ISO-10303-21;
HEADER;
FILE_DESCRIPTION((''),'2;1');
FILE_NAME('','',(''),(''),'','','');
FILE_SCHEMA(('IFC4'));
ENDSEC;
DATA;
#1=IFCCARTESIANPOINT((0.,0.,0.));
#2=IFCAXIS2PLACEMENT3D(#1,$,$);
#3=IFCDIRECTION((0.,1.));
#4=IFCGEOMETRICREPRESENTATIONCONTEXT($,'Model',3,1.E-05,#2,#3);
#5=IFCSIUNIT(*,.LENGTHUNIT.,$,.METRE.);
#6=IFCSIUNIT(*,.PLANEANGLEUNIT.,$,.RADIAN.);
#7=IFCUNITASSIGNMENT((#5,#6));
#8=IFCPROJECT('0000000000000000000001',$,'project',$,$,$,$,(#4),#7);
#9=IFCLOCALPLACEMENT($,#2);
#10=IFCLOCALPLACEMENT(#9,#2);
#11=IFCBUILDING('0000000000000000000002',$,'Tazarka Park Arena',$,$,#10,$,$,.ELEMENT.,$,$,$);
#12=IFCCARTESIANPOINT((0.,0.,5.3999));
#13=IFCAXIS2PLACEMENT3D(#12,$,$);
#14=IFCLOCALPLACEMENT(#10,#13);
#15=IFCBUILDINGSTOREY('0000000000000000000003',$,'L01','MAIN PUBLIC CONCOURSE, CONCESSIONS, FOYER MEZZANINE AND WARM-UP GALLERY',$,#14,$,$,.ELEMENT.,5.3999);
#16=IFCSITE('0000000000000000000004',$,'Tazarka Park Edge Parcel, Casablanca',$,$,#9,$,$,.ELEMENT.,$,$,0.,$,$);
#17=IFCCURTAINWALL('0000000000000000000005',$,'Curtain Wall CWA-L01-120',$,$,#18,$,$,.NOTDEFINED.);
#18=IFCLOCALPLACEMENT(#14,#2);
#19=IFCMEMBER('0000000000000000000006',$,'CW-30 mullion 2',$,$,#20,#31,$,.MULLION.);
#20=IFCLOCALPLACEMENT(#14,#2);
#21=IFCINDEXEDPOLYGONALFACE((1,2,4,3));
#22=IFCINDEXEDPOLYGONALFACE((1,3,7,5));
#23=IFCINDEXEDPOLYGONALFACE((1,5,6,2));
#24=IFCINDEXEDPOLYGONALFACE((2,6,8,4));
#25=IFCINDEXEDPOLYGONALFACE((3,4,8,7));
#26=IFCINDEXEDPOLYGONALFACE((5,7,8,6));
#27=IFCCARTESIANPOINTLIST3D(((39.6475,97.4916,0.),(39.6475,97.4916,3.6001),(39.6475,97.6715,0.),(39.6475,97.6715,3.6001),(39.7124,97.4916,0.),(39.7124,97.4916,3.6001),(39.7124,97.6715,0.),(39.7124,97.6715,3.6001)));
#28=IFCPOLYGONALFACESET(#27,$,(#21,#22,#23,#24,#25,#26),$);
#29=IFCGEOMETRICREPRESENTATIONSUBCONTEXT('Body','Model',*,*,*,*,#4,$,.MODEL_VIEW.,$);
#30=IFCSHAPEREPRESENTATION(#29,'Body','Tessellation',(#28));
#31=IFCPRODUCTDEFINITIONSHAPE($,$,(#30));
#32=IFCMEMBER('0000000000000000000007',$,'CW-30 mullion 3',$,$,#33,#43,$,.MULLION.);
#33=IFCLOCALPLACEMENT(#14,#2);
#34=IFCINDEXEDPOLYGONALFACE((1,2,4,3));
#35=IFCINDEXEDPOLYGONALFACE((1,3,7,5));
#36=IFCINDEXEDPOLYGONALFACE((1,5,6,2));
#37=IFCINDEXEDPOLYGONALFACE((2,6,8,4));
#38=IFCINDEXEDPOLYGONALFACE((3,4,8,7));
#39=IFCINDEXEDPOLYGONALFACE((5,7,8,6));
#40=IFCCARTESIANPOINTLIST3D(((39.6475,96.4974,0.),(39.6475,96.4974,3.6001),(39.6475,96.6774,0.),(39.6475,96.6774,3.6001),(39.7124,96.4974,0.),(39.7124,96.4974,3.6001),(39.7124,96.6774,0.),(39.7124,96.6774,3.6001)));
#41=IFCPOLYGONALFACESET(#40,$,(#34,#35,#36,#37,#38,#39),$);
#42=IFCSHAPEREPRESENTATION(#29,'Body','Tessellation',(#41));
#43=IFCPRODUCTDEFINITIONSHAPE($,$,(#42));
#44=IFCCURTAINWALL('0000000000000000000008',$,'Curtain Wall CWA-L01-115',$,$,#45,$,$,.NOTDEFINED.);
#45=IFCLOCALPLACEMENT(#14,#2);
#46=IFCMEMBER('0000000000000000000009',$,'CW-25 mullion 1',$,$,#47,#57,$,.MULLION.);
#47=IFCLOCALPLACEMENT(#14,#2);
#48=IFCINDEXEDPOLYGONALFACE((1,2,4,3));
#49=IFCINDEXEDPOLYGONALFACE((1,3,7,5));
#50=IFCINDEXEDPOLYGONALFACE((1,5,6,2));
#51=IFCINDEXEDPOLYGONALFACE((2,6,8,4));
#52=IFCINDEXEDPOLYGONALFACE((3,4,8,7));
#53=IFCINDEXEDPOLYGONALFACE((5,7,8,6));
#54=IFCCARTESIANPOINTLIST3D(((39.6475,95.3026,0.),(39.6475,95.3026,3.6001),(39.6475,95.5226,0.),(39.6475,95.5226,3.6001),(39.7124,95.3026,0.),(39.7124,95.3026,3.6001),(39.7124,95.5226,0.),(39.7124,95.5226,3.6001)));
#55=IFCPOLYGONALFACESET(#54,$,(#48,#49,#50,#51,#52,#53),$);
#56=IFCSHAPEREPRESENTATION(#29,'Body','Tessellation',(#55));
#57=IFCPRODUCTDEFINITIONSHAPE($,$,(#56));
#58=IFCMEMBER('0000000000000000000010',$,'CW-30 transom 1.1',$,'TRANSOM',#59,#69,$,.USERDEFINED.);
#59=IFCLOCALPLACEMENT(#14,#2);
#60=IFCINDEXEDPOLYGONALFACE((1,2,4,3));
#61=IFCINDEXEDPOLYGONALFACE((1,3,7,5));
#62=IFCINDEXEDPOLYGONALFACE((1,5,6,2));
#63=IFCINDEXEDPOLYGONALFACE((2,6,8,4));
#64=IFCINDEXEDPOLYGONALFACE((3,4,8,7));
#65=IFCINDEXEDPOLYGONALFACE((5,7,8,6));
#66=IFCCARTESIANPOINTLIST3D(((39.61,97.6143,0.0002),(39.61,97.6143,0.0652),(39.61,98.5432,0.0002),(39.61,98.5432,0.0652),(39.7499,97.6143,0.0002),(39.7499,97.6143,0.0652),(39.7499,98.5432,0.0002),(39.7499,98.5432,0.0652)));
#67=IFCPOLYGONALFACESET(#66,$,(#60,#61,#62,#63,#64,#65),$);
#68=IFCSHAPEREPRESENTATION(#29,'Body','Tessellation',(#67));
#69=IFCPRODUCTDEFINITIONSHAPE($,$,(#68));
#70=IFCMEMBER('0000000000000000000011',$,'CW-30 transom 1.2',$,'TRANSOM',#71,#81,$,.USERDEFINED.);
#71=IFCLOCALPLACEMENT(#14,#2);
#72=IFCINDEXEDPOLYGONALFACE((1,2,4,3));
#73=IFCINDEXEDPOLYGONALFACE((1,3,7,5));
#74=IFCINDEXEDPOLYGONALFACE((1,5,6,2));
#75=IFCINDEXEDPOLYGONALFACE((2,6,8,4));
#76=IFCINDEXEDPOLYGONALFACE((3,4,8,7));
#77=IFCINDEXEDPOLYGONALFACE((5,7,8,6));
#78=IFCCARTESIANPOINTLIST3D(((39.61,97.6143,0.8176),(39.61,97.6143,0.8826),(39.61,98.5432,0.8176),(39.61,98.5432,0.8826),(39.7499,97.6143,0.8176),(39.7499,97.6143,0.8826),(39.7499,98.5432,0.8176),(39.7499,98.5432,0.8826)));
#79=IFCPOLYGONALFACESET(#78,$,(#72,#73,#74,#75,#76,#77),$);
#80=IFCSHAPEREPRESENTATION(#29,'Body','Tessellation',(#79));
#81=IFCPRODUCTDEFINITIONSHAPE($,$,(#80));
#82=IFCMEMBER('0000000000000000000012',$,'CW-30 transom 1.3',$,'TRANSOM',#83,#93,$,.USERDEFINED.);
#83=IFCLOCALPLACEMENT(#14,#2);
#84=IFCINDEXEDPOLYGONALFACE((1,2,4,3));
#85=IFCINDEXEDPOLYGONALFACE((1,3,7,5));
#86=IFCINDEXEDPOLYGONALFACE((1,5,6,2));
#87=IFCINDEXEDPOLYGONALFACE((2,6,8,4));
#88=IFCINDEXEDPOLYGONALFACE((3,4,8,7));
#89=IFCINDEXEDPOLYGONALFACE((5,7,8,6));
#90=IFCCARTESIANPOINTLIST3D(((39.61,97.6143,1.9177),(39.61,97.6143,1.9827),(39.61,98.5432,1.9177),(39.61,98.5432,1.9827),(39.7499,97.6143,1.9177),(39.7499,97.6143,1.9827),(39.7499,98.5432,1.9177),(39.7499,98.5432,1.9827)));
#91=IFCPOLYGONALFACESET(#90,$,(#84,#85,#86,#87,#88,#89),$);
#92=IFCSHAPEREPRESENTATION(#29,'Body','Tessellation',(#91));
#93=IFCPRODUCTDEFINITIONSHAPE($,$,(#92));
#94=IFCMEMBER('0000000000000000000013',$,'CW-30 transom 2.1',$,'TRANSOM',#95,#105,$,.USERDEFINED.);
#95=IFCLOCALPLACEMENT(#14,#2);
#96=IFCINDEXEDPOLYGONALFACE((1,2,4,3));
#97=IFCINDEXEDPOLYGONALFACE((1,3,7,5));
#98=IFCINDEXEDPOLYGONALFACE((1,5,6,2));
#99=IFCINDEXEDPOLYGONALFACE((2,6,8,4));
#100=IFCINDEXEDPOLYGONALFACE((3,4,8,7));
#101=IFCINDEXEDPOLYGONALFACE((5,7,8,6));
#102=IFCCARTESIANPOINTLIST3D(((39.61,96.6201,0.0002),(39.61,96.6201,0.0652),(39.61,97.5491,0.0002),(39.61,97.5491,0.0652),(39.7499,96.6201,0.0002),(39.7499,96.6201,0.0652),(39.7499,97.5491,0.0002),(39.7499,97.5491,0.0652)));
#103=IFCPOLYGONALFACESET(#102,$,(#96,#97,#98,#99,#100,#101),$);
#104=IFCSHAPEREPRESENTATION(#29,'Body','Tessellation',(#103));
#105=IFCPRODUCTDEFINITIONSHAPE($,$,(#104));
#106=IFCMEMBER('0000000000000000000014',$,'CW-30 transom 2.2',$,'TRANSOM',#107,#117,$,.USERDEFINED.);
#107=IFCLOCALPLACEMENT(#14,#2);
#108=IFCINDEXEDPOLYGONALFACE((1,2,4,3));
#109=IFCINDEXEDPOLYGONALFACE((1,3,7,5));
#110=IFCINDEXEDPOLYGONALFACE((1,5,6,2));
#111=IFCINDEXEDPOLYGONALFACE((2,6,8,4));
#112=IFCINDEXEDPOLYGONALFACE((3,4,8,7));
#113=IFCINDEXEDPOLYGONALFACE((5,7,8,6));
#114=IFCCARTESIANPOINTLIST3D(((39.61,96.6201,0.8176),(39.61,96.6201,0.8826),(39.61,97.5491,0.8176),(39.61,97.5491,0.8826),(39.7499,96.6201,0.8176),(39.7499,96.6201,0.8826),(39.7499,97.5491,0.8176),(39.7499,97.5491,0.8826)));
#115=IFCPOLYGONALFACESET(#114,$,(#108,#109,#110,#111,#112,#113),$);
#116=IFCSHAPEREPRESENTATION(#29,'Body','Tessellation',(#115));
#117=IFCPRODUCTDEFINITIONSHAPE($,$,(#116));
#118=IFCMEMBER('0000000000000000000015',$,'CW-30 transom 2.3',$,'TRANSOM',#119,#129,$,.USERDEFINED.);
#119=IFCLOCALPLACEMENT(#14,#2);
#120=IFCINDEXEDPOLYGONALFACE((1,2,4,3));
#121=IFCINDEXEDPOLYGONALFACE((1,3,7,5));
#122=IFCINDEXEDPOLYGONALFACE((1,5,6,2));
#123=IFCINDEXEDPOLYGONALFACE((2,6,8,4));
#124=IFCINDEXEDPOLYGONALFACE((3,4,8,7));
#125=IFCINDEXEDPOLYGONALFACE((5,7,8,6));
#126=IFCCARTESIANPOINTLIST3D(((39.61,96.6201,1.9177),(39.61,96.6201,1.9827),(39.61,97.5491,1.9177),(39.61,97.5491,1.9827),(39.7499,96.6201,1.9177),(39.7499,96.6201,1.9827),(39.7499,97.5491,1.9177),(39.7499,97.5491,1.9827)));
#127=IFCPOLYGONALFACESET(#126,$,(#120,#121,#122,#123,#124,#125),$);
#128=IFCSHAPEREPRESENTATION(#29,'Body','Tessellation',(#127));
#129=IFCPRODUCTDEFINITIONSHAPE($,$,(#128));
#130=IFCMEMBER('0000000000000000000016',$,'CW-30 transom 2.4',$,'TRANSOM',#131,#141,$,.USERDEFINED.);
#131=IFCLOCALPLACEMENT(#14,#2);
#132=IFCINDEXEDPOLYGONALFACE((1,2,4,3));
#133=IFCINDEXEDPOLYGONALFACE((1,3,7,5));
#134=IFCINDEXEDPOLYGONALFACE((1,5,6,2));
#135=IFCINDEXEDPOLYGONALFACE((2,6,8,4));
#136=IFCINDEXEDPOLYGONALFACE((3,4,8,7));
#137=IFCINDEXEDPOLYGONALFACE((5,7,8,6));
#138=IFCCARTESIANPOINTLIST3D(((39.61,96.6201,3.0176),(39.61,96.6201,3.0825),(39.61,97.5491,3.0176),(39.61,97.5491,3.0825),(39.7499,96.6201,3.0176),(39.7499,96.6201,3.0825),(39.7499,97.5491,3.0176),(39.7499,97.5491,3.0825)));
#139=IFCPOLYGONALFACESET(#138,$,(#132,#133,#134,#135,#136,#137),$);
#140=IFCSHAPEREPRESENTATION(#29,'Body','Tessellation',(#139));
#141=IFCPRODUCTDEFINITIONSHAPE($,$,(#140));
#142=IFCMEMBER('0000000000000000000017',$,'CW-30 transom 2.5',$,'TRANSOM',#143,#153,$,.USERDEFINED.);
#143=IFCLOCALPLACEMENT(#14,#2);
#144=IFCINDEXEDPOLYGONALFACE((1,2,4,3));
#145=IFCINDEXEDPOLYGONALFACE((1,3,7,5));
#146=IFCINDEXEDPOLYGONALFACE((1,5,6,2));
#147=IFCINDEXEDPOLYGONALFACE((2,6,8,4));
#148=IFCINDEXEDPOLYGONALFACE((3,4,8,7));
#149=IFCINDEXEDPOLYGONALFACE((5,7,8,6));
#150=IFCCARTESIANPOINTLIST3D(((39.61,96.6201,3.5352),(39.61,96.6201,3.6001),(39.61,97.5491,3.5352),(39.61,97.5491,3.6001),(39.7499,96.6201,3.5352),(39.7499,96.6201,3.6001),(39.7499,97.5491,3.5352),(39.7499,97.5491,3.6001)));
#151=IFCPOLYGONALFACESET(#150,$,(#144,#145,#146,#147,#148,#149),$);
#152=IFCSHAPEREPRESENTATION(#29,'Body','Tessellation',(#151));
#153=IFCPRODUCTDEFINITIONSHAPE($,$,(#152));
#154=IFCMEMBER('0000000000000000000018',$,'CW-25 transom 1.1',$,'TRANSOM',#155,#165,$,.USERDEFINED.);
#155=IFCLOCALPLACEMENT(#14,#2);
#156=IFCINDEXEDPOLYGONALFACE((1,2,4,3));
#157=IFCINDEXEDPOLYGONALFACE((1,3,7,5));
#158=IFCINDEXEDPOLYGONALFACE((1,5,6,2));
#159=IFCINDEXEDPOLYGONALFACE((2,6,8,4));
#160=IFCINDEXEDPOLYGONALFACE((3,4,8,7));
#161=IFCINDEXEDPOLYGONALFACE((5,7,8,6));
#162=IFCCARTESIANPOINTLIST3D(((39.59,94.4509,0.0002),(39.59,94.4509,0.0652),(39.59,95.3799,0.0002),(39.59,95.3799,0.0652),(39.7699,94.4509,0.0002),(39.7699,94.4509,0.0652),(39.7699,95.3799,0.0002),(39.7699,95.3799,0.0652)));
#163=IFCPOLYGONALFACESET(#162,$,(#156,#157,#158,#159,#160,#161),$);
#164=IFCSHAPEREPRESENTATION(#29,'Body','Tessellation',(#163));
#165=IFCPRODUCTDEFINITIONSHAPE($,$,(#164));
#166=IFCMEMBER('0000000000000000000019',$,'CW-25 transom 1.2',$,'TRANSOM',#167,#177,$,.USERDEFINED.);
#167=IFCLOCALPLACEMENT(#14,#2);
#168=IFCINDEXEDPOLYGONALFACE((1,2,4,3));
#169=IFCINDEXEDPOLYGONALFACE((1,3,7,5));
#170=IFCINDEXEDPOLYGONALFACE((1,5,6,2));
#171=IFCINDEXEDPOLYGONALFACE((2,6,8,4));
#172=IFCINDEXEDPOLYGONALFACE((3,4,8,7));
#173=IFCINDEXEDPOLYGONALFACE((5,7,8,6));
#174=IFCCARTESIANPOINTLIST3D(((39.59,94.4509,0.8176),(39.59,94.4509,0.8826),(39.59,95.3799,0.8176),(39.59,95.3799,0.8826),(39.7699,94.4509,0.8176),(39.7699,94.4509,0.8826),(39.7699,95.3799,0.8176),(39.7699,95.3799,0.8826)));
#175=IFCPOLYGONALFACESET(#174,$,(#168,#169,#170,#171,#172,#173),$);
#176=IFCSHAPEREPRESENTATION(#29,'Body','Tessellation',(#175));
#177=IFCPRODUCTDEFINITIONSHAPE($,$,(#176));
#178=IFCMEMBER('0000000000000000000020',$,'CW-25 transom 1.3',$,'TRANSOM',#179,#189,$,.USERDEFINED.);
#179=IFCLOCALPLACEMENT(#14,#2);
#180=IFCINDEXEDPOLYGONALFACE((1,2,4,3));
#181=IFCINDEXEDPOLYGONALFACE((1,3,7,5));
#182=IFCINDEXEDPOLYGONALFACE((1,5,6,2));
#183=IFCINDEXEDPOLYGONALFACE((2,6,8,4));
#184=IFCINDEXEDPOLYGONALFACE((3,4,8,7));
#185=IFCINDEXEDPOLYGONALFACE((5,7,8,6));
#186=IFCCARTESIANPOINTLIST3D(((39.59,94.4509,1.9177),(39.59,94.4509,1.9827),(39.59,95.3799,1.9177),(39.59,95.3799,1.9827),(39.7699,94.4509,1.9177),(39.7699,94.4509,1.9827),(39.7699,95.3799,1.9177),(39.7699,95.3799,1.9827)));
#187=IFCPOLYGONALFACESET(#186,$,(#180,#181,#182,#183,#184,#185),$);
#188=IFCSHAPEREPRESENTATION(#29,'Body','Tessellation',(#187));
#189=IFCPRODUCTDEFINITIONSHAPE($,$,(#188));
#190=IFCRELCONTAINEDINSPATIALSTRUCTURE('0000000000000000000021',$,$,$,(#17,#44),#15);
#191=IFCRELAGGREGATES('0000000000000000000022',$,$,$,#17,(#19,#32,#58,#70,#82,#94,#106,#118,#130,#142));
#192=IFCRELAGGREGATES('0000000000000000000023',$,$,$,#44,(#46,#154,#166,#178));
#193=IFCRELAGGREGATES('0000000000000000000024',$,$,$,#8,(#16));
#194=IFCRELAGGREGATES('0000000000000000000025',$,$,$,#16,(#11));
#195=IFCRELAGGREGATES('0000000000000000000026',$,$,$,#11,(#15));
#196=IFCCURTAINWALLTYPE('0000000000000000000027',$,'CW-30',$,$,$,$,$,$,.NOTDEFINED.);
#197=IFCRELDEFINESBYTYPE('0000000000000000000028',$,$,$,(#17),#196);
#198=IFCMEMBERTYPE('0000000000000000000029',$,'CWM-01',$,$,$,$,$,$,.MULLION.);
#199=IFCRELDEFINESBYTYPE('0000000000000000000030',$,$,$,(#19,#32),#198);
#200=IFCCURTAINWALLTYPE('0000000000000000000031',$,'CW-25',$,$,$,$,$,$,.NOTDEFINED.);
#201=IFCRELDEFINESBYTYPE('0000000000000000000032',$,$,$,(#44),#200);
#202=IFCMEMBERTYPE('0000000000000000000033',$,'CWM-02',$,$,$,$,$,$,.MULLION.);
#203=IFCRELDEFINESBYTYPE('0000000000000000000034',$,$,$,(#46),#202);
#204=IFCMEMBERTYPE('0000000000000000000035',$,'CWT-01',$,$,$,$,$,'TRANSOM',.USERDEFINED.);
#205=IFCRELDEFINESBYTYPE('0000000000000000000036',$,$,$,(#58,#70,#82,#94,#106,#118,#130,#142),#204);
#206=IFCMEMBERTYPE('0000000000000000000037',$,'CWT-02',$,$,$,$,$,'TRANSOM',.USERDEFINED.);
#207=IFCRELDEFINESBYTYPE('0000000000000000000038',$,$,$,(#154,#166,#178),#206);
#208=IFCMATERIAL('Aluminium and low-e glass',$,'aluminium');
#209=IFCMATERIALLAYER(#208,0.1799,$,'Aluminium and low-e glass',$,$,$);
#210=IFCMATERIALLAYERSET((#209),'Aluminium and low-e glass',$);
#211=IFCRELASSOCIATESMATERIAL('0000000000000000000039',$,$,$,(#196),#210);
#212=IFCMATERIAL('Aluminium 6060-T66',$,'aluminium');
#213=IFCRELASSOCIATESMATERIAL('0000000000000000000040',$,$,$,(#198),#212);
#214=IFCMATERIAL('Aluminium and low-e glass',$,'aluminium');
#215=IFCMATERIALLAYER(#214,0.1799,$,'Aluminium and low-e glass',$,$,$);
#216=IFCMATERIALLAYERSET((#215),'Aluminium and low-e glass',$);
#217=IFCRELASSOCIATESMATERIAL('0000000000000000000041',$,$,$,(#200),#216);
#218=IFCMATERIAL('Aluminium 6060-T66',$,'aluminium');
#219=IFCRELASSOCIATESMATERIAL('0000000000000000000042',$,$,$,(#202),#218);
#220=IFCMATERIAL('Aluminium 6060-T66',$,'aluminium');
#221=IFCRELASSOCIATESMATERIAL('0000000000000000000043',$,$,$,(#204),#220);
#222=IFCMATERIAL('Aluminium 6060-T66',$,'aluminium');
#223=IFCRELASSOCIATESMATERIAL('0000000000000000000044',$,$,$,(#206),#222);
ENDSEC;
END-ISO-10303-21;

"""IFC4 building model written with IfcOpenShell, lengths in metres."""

from ifc_helpers import new_model, si_unit, direction, frame, origin, origin_2d, place, context, subcontext, project, spatial, rectangle, extrude, material, layer, layer_set, material_profile, profile_set, type_object, element, aggregate, save


model = new_model("IFC4")

# Units and contexts
model_context = context("Model", 3, precision=1e-05, world=origin(), true_north=direction((0.0, 1.0)))
body_context = subcontext(model_context, "Body", "Model", "MODEL_VIEW")
ifc_project = project(units=[si_unit("LENGTHUNIT", "METRE"), si_unit("PLANEANGLEUNIT", "RADIAN")], contexts=[model_context])

# Site, building, storey
site_placement = place(None, origin())
site = spatial("IfcSite", under=ifc_project, at=site_placement, Name="Tazarka Park Edge Parcel, Casablanca", CompositionType="ELEMENT", RefElevation=0.0)
building_placement = place(site_placement, origin())
building = spatial("IfcBuilding", under=site, at=building_placement, Name="Tazarka Park Arena", CompositionType="ELEMENT")
storey_placement = place(building_placement, frame((0.0, 0.0, 5.3999)))
storey = spatial("IfcBuildingStorey", under=building, at=storey_placement, Name="L01", Description="MAIN PUBLIC CONCOURSE, CONCESSIONS, FOYER MEZZANINE AND WARM-UP GALLERY", CompositionType="ELEMENT", Elevation=5.3999)

# Curtain wall, members
ifc_material_1 = material(Name="Aluminium and low-e glass", Category="aluminium")
ifc_layer_1 = layer(ifc_material_1, 0.1799, Name="Aluminium and low-e glass")
ifc_layer_set_1 = layer_set([ifc_layer_1], Name="Aluminium and low-e glass")
curtain_wall_type_1 = type_object("IfcCurtainWallType", Name="CW-30", PredefinedType="NOTDEFINED", material=ifc_layer_set_1)
curtain_wall_1_placement = place(storey_placement, origin())
curtain_wall_1 = element("IfcCurtainWall", 1, at=curtain_wall_1_placement, inside=storey, type_object=curtain_wall_type_1, Name="Curtain Wall CWA-L01-120", PredefinedType="NOTDEFINED")
ifc_material_2 = material(Name="Aluminium 6060-T66", Category="aluminium")
ifc_material_profile_1 = material_profile(ifc_material_2, rectangle(XDim=0.0649, YDim=0.1799, at=origin_2d()), Name="Aluminium 6060-T66")
ifc_profile_set_1 = profile_set([ifc_material_profile_1], Name="Aluminium 6060-T66")
member_type_1 = type_object("IfcMemberType", Name="CWM-01", PredefinedType="MULLION", material=ifc_profile_set_1)
member_1_placement = place(storey_placement, frame((39.6799, 97.5815, 0.0), z_axis=(0.0, 0.0, 1.0), x_axis=(1.0, 0.0, 0.0)))
member_1 = element("IfcMember", 2, at=member_1_placement, type_object=member_type_1, Name="CW-30 mullion 2", PredefinedType="MULLION", context=body_context, shape_type="SweptSolid", body=[
    extrude(rectangle(XDim=0.0649, YDim=0.1799, at=origin_2d()), origin(), (0.0, 0.0, 1.0), 3.6001),
])
member_2_placement = place(storey_placement, frame((39.6799, 96.5874, 0.0), z_axis=(0.0, 0.0, 1.0), x_axis=(1.0, 0.0, 0.0)))
member_2 = element("IfcMember", 3, at=member_2_placement, type_object=member_type_1, Name="CW-30 mullion 3", PredefinedType="MULLION", context=body_context, shape_type="SweptSolid", body=[
    extrude(rectangle(XDim=0.0649, YDim=0.1799, at=origin_2d()), origin(), (0.0, 0.0, 1.0), 3.6001),
])

# Curtain wall, member
ifc_material_3 = material(Name="Aluminium and low-e glass", Category="aluminium")
ifc_layer_2 = layer(ifc_material_3, 0.1799, Name="Aluminium and low-e glass")
ifc_layer_set_2 = layer_set([ifc_layer_2], Name="Aluminium and low-e glass")
curtain_wall_type_2 = type_object("IfcCurtainWallType", Name="CW-25", PredefinedType="NOTDEFINED", material=ifc_layer_set_2)
curtain_wall_2_placement = place(storey_placement, origin())
curtain_wall_2 = element("IfcCurtainWall", 4, at=curtain_wall_2_placement, inside=storey, type_object=curtain_wall_type_2, Name="Curtain Wall CWA-L01-115", PredefinedType="NOTDEFINED")
ifc_material_4 = material(Name="Aluminium 6060-T66", Category="aluminium")
ifc_material_profile_2 = material_profile(ifc_material_4, rectangle(XDim=0.0649, YDim=0.22, at=origin_2d()), Name="Aluminium 6060-T66")
ifc_profile_set_2 = profile_set([ifc_material_profile_2], Name="Aluminium 6060-T66")
member_type_2 = type_object("IfcMemberType", Name="CWM-02", PredefinedType="MULLION", material=ifc_profile_set_2)
member_3_placement = place(storey_placement, frame((39.6799, 95.4126, 0.0), z_axis=(0.0, 0.0, 1.0), x_axis=(1.0, 0.0, 0.0)))
member_3 = element("IfcMember", 5, at=member_3_placement, type_object=member_type_2, Name="CW-25 mullion 1", PredefinedType="MULLION", context=body_context, shape_type="SweptSolid", body=[
    extrude(rectangle(XDim=0.0649, YDim=0.22, at=origin_2d()), origin(), (0.0, 0.0, 1.0), 3.6001),
])

# Members
ifc_material_5 = material(Name="Aluminium 6060-T66", Category="aluminium")
ifc_material_profile_3 = material_profile(ifc_material_5, rectangle(XDim=0.1399, YDim=0.0649, at=origin_2d()), Name="Aluminium 6060-T66")
ifc_profile_set_3 = profile_set([ifc_material_profile_3], Name="Aluminium 6060-T66")
member_type_3 = type_object("IfcMemberType", Name="CWT-01", ElementType="TRANSOM", PredefinedType="USERDEFINED", material=ifc_profile_set_3)
member_4_placement = place(storey_placement, frame((39.6799, 98.5432, 0.0327), z_axis=(0.0, -1.0, 0.0), x_axis=(1.0, 0.0, 0.0)))
member_4 = element("IfcMember", 6, at=member_4_placement, type_object=member_type_3, Name="CW-30 transom 1.1", ObjectType="TRANSOM", PredefinedType="USERDEFINED", context=body_context, shape_type="SweptSolid", body=[
    extrude(rectangle(XDim=0.1399, YDim=0.0649, at=origin_2d()), origin(), (0.0, 0.0, 1.0), 0.929),
])
member_5_placement = place(storey_placement, frame((39.6799, 98.5432, 0.8501), z_axis=(0.0, -1.0, 0.0), x_axis=(1.0, 0.0, 0.0)))
member_5 = element("IfcMember", 7, at=member_5_placement, type_object=member_type_3, Name="CW-30 transom 1.2", ObjectType="TRANSOM", PredefinedType="USERDEFINED", context=body_context, shape_type="SweptSolid", body=[
    extrude(rectangle(XDim=0.1399, YDim=0.0649, at=origin_2d()), origin(), (0.0, 0.0, 1.0), 0.929),
])
member_6_placement = place(storey_placement, frame((39.6799, 98.5432, 1.9502), z_axis=(0.0, -1.0, 0.0), x_axis=(1.0, 0.0, 0.0)))
member_6 = element("IfcMember", 8, at=member_6_placement, type_object=member_type_3, Name="CW-30 transom 1.3", ObjectType="TRANSOM", PredefinedType="USERDEFINED", context=body_context, shape_type="SweptSolid", body=[
    extrude(rectangle(XDim=0.1399, YDim=0.0649, at=origin_2d()), origin(), (0.0, 0.0, 1.0), 0.929),
])
member_7_placement = place(storey_placement, frame((39.6799, 97.5491, 0.0327), z_axis=(0.0, -1.0, 0.0), x_axis=(1.0, 0.0, 0.0)))
member_7 = element("IfcMember", 9, at=member_7_placement, type_object=member_type_3, Name="CW-30 transom 2.1", ObjectType="TRANSOM", PredefinedType="USERDEFINED", context=body_context, shape_type="SweptSolid", body=[
    extrude(rectangle(XDim=0.1399, YDim=0.0649, at=origin_2d()), origin(), (0.0, 0.0, 1.0), 0.929),
])
member_8_placement = place(storey_placement, frame((39.6799, 97.5491, 0.8501), z_axis=(0.0, -1.0, 0.0), x_axis=(1.0, 0.0, 0.0)))
member_8 = element("IfcMember", 10, at=member_8_placement, type_object=member_type_3, Name="CW-30 transom 2.2", ObjectType="TRANSOM", PredefinedType="USERDEFINED", context=body_context, shape_type="SweptSolid", body=[
    extrude(rectangle(XDim=0.1399, YDim=0.0649, at=origin_2d()), origin(), (0.0, 0.0, 1.0), 0.929),
])
member_9_placement = place(storey_placement, frame((39.6799, 97.5491, 1.9502), z_axis=(0.0, -1.0, 0.0), x_axis=(1.0, 0.0, 0.0)))
member_9 = element("IfcMember", 11, at=member_9_placement, type_object=member_type_3, Name="CW-30 transom 2.3", ObjectType="TRANSOM", PredefinedType="USERDEFINED", context=body_context, shape_type="SweptSolid", body=[
    extrude(rectangle(XDim=0.1399, YDim=0.0649, at=origin_2d()), origin(), (0.0, 0.0, 1.0), 0.929),
])
member_10_placement = place(storey_placement, frame((39.6799, 97.5491, 3.05), z_axis=(0.0, -1.0, 0.0), x_axis=(1.0, 0.0, 0.0)))
member_10 = element("IfcMember", 12, at=member_10_placement, type_object=member_type_3, Name="CW-30 transom 2.4", ObjectType="TRANSOM", PredefinedType="USERDEFINED", context=body_context, shape_type="SweptSolid", body=[
    extrude(rectangle(XDim=0.1399, YDim=0.0649, at=origin_2d()), origin(), (0.0, 0.0, 1.0), 0.929),
])
member_11_placement = place(storey_placement, frame((39.6799, 97.5491, 3.5676), z_axis=(0.0, -1.0, 0.0), x_axis=(1.0, 0.0, 0.0)))
member_11 = element("IfcMember", 13, at=member_11_placement, type_object=member_type_3, Name="CW-30 transom 2.5", ObjectType="TRANSOM", PredefinedType="USERDEFINED", context=body_context, shape_type="SweptSolid", body=[
    extrude(rectangle(XDim=0.1399, YDim=0.0649, at=origin_2d()), origin(), (0.0, 0.0, 1.0), 0.929),
])
ifc_material_6 = material(Name="Aluminium 6060-T66", Category="aluminium")
ifc_material_profile_4 = material_profile(ifc_material_6, rectangle(XDim=0.1799, YDim=0.0649, at=origin_2d()), Name="Aluminium 6060-T66")
ifc_profile_set_4 = profile_set([ifc_material_profile_4], Name="Aluminium 6060-T66")
member_type_4 = type_object("IfcMemberType", Name="CWT-02", ElementType="TRANSOM", PredefinedType="USERDEFINED", material=ifc_profile_set_4)
member_12_placement = place(storey_placement, frame((39.6799, 95.3799, 0.0327), z_axis=(0.0, -1.0, 0.0), x_axis=(1.0, 0.0, 0.0)))
member_12 = element("IfcMember", 14, at=member_12_placement, type_object=member_type_4, Name="CW-25 transom 1.1", ObjectType="TRANSOM", PredefinedType="USERDEFINED", context=body_context, shape_type="SweptSolid", body=[
    extrude(rectangle(XDim=0.1799, YDim=0.0649, at=origin_2d()), origin(), (0.0, 0.0, 1.0), 0.929),
])
member_13_placement = place(storey_placement, frame((39.6799, 95.3799, 0.8501), z_axis=(0.0, -1.0, 0.0), x_axis=(1.0, 0.0, 0.0)))
member_13 = element("IfcMember", 15, at=member_13_placement, type_object=member_type_4, Name="CW-25 transom 1.2", ObjectType="TRANSOM", PredefinedType="USERDEFINED", context=body_context, shape_type="SweptSolid", body=[
    extrude(rectangle(XDim=0.1799, YDim=0.0649, at=origin_2d()), origin(), (0.0, 0.0, 1.0), 0.929),
])
member_14_placement = place(storey_placement, frame((39.6799, 95.3799, 1.9502), z_axis=(0.0, -1.0, 0.0), x_axis=(1.0, 0.0, 0.0)))
member_14 = element("IfcMember", 16, at=member_14_placement, type_object=member_type_4, Name="CW-25 transom 1.3", ObjectType="TRANSOM", PredefinedType="USERDEFINED", context=body_context, shape_type="SweptSolid", body=[
    extrude(rectangle(XDim=0.1799, YDim=0.0649, at=origin_2d()), origin(), (0.0, 0.0, 1.0), 0.929),
])

aggregate(curtain_wall_1, [member_1, member_2, member_4, member_5, member_6, member_7, member_8, member_9, member_10, member_11])
aggregate(curtain_wall_2, [member_3, member_12, member_13, member_14])

save(model, "model.ifc")
